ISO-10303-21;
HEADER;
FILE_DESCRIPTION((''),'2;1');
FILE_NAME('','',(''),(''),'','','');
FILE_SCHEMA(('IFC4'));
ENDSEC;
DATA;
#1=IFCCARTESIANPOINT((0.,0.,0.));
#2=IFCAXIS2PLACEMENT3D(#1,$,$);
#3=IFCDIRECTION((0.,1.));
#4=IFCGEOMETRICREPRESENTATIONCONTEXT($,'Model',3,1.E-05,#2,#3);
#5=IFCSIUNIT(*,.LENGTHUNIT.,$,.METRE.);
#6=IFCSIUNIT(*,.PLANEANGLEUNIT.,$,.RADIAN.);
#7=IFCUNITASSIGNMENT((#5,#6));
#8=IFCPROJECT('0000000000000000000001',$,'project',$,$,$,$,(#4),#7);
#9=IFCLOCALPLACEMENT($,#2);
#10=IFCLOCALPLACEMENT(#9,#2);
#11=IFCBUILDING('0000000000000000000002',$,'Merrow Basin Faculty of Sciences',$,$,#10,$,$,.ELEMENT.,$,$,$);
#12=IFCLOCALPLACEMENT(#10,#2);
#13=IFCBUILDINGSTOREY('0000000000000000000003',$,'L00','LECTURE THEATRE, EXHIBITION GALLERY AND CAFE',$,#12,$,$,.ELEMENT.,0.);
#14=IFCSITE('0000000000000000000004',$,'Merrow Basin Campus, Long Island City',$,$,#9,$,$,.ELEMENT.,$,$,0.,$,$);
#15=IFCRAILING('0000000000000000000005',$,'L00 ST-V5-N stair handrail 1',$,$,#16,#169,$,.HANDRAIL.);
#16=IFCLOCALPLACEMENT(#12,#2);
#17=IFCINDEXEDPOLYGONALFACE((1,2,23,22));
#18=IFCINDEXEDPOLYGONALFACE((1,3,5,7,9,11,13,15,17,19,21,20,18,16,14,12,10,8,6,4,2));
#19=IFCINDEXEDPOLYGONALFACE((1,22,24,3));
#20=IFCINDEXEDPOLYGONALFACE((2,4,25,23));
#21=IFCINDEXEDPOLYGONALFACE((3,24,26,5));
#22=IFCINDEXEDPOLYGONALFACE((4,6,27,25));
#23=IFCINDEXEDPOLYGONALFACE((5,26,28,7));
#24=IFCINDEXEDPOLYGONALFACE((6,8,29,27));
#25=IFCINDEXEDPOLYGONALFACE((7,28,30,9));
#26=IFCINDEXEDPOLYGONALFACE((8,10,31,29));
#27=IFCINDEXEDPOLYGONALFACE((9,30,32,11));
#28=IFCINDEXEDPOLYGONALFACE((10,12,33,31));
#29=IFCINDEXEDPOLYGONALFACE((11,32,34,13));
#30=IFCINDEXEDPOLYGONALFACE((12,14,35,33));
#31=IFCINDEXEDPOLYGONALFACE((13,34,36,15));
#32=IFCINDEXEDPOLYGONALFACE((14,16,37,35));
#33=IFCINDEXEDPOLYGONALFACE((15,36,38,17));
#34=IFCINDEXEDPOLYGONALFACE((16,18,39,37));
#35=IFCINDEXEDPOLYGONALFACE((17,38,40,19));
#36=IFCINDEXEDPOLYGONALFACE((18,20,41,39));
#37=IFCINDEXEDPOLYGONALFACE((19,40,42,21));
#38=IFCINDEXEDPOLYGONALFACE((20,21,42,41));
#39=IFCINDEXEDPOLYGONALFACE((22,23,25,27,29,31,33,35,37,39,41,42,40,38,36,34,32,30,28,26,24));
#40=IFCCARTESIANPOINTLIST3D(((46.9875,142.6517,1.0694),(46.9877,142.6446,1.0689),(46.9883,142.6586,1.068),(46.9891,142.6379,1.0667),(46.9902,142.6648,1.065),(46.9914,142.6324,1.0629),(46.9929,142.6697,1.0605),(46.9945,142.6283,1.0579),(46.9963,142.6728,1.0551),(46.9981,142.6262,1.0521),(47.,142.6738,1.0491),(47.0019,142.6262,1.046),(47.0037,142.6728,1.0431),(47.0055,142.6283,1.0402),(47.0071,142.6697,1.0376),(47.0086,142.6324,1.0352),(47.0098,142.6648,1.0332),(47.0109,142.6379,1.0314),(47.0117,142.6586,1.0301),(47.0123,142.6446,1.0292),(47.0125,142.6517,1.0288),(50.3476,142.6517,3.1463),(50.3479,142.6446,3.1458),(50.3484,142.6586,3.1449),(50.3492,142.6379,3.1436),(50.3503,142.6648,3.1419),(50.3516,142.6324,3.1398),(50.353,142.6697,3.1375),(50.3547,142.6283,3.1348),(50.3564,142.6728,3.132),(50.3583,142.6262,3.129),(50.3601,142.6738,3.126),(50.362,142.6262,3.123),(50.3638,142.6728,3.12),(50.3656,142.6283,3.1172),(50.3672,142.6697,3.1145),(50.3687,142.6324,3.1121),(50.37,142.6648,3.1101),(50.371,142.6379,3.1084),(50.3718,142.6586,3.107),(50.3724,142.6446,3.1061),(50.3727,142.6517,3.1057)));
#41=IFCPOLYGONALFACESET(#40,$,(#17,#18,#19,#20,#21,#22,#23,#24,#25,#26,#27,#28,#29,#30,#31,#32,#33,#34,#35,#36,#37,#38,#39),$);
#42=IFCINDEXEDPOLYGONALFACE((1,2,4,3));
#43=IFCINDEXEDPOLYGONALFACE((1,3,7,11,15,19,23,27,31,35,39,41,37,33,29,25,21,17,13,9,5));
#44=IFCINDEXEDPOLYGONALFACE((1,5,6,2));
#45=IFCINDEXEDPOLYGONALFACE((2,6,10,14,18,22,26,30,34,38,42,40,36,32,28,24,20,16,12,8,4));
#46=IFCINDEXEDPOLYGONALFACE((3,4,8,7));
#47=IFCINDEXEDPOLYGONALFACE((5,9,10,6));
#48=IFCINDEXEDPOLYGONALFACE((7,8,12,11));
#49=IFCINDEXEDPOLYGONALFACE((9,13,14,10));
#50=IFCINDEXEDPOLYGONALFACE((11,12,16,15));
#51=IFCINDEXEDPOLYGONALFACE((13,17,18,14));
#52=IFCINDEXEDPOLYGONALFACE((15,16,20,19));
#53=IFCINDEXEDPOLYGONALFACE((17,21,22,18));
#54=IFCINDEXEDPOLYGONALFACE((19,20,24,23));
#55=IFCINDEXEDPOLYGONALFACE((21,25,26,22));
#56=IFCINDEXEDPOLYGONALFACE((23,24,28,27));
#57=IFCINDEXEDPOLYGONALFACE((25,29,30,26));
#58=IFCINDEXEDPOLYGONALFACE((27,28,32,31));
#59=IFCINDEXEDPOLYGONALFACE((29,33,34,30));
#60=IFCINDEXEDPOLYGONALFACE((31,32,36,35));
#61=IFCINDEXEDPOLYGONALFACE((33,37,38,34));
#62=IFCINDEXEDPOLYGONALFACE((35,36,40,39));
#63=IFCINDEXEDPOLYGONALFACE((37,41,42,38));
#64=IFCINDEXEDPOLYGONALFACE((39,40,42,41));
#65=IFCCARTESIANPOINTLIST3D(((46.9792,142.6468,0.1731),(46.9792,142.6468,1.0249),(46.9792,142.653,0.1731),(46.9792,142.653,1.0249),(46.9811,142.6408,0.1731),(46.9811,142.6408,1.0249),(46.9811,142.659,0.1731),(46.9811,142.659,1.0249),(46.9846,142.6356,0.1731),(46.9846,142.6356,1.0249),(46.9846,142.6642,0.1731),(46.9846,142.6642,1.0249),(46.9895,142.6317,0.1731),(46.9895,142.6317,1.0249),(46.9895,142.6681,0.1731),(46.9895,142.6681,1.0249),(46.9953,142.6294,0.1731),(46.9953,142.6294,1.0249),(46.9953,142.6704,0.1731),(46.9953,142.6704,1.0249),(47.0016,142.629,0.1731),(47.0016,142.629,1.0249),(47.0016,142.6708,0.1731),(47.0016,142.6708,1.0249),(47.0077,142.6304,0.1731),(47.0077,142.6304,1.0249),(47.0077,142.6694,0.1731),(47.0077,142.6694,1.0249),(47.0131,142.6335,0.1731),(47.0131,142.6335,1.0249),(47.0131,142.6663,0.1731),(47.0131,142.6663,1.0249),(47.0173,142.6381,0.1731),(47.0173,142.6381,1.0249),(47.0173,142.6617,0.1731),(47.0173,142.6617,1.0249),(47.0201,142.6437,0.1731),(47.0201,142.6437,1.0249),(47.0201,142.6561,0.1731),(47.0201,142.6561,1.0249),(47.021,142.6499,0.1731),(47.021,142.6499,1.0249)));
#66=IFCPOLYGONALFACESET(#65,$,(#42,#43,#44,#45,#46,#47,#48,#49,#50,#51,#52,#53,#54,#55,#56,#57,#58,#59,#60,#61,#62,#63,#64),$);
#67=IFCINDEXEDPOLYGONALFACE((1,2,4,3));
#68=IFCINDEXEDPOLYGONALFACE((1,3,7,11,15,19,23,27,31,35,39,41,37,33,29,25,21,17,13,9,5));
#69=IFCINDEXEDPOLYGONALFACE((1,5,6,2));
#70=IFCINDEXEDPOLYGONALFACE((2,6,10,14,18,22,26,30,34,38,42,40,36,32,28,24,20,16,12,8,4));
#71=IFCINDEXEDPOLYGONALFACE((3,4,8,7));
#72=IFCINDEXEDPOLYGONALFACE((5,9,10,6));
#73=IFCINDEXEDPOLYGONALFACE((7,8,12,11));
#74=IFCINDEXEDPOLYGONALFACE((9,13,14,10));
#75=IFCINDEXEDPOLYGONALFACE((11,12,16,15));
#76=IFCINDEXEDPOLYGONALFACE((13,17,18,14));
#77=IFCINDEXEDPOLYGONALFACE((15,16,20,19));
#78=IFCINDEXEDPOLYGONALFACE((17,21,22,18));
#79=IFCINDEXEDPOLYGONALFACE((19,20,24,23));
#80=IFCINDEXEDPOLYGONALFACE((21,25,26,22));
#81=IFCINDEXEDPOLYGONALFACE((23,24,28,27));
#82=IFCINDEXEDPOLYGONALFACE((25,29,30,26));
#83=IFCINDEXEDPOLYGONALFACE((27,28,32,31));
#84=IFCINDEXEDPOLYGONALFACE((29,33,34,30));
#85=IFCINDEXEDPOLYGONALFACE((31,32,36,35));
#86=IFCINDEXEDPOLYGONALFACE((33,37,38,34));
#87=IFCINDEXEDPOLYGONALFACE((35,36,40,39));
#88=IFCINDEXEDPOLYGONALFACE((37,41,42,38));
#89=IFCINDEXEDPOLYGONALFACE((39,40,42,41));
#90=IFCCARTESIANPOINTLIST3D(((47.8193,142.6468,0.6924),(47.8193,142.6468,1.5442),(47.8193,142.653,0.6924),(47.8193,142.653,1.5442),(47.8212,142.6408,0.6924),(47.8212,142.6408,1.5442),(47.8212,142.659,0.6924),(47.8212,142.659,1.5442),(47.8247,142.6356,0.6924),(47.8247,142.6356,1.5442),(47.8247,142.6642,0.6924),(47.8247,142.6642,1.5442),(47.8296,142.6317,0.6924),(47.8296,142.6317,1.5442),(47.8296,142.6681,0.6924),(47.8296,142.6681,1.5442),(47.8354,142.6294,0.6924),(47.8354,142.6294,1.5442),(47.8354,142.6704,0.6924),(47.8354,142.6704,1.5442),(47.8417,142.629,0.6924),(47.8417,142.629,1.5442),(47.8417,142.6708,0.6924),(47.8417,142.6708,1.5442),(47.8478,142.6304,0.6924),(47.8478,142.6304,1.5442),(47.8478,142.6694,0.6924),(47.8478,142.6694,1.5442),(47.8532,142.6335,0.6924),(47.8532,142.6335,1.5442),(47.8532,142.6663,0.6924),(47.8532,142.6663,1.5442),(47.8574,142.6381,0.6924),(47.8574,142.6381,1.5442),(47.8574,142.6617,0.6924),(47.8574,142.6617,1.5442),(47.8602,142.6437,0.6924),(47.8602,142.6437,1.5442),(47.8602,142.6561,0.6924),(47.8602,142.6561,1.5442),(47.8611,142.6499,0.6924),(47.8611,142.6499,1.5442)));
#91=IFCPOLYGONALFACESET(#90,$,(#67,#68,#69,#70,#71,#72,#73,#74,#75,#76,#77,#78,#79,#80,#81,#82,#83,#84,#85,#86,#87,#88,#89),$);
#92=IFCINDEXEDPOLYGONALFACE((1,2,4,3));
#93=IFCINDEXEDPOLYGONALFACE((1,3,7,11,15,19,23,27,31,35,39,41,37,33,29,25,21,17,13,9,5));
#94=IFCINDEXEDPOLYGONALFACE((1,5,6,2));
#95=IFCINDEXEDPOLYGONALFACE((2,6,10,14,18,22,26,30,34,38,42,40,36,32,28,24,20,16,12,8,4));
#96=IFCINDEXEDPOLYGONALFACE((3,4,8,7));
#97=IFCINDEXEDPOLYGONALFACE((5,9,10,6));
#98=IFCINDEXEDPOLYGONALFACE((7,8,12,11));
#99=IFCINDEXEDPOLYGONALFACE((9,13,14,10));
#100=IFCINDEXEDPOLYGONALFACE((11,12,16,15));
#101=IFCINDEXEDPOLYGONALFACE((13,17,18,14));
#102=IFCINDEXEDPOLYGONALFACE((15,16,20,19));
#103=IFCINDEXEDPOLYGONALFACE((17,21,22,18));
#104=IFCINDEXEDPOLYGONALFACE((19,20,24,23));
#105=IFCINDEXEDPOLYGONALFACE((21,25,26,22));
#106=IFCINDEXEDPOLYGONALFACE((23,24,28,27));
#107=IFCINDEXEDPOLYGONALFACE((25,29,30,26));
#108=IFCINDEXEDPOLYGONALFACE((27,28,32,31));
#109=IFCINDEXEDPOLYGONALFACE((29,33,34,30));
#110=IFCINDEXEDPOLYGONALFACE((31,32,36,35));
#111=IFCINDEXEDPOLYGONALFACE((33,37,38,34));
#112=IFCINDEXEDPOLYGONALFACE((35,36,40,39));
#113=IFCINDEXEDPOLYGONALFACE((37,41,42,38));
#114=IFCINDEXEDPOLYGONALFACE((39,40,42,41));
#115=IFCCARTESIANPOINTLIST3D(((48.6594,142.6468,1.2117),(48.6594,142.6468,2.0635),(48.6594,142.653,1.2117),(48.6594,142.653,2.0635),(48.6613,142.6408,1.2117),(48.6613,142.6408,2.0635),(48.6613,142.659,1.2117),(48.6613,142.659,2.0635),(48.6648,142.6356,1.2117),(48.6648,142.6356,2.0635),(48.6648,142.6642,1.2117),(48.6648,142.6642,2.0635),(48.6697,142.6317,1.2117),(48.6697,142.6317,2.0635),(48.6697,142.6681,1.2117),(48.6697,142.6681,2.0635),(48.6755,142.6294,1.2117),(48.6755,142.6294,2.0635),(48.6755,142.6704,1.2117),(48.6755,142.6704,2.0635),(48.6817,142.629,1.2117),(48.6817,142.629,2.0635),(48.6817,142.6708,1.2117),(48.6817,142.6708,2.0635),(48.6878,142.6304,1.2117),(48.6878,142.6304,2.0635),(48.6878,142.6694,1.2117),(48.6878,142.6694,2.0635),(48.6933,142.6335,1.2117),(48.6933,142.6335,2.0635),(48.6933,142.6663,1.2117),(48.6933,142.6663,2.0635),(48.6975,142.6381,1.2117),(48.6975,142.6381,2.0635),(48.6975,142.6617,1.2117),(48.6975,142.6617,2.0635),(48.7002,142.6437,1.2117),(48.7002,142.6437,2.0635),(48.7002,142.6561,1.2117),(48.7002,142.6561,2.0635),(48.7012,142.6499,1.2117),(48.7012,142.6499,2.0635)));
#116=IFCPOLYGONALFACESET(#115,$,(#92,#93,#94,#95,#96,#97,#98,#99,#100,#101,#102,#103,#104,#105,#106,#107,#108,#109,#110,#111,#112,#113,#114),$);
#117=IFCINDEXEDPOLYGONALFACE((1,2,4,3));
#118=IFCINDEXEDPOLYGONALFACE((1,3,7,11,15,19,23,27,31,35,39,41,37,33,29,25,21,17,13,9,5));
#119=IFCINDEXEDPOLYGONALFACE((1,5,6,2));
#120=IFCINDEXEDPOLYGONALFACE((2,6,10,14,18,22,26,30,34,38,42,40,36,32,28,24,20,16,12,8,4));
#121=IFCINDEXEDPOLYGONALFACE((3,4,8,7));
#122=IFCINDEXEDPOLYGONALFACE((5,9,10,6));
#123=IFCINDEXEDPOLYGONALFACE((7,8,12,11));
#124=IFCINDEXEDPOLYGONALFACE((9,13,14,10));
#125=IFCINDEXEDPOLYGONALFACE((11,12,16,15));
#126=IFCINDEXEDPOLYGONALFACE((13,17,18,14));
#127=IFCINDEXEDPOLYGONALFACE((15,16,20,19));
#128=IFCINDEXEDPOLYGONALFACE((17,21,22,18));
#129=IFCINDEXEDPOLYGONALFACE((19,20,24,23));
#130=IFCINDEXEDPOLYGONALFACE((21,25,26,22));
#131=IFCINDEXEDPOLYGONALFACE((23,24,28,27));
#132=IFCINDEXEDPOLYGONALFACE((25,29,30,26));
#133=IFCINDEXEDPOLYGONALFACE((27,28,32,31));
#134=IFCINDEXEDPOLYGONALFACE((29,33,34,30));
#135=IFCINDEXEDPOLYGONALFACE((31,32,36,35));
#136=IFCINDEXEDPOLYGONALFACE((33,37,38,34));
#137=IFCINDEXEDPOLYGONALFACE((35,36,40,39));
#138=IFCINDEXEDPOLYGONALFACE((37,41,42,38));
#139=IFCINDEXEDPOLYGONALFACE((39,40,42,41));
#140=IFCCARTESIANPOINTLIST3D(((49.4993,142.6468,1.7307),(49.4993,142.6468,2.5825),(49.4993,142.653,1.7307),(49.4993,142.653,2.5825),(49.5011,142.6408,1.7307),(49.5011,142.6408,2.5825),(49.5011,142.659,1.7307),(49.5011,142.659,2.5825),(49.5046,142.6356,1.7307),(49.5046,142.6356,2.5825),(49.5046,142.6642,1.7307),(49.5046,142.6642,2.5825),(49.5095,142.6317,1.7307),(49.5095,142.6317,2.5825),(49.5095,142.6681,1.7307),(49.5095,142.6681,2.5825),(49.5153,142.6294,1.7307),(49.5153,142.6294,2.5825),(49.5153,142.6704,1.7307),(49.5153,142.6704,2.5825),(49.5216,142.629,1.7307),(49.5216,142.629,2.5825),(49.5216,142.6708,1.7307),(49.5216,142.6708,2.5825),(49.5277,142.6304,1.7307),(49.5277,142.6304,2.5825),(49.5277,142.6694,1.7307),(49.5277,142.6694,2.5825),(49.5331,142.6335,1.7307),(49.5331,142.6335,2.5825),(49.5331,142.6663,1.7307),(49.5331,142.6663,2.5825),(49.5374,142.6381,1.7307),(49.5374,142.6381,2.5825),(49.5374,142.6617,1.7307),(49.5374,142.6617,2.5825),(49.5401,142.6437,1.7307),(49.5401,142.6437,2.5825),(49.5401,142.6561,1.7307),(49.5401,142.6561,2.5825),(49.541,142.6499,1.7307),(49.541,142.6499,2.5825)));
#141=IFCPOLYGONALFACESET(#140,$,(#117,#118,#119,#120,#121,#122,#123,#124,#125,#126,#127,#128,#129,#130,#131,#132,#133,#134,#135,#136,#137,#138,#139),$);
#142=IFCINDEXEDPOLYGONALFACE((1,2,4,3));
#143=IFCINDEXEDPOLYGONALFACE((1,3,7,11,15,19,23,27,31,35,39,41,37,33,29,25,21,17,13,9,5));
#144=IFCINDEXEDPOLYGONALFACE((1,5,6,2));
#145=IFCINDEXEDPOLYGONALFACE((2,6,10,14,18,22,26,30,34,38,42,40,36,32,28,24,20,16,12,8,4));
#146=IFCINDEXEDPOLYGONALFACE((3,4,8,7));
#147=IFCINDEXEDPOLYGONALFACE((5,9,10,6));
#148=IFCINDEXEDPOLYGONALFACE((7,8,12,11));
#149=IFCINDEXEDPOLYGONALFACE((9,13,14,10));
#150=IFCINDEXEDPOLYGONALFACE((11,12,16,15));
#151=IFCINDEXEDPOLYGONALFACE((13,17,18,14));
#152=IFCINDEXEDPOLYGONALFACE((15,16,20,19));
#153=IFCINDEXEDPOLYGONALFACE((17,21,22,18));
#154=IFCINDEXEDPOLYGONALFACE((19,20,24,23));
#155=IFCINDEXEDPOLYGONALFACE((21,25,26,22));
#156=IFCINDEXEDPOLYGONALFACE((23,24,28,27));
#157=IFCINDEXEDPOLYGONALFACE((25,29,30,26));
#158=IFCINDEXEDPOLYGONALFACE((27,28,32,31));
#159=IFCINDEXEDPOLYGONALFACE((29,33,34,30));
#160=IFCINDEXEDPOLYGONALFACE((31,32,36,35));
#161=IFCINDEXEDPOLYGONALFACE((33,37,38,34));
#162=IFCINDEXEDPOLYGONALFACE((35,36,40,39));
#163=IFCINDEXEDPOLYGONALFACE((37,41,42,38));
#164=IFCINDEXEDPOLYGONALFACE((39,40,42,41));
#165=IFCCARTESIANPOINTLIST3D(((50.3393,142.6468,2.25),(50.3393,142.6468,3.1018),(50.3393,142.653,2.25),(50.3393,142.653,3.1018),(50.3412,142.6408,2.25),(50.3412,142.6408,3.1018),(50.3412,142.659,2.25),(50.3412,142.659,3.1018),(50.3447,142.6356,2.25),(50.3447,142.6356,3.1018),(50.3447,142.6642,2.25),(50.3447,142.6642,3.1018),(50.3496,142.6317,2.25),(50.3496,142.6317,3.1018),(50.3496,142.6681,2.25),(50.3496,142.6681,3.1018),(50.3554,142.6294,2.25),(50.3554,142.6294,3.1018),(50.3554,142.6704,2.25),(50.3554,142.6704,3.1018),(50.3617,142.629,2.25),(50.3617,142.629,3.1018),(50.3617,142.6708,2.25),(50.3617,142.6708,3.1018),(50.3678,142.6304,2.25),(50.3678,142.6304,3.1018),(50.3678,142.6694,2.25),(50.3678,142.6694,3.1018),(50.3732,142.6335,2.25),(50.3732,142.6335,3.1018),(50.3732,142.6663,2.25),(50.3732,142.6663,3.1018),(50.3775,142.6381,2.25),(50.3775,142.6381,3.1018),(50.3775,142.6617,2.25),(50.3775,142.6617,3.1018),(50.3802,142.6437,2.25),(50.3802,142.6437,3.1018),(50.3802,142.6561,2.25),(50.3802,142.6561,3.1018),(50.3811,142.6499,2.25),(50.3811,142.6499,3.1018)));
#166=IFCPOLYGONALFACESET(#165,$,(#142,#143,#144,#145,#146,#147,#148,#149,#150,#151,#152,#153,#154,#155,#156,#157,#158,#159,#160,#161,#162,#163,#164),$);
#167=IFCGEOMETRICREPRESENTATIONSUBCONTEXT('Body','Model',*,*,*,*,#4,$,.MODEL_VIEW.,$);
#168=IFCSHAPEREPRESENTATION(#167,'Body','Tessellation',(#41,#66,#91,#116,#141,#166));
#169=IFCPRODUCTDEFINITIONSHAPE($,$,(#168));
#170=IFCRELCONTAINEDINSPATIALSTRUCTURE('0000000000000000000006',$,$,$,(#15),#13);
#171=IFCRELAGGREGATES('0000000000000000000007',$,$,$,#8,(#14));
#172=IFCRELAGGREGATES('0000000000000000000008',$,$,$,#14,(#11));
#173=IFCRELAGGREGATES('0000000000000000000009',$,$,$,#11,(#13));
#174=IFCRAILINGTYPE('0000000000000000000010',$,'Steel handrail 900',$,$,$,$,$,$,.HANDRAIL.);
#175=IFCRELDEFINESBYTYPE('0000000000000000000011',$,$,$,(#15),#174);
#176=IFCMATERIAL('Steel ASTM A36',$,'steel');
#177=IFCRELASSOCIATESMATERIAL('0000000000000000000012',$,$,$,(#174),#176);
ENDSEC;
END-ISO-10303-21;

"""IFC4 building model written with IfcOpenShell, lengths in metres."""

from ifc_helpers import new_model, si_unit, direction, frame, origin, origin_2d, place, context, subcontext, project, spatial, circle, extrude, material, type_object, element, save


model = new_model("IFC4")

# Units and contexts
model_context = context("Model", 3, precision=1e-05, world=origin(), true_north=direction((0.0, 1.0)))
body_context = subcontext(model_context, "Body", "Model", "MODEL_VIEW")
ifc_project = project(units=[si_unit("LENGTHUNIT", "METRE"), si_unit("PLANEANGLEUNIT", "RADIAN")], contexts=[model_context])

# Site, building, storey
site_placement = place(None, origin())
site = spatial("IfcSite", under=ifc_project, at=site_placement, Name="Merrow Basin Campus, Long Island City", CompositionType="ELEMENT", RefElevation=0.0)
building_placement = place(site_placement, origin())
building = spatial("IfcBuilding", under=site, at=building_placement, Name="Merrow Basin Faculty of Sciences", CompositionType="ELEMENT")
storey_placement = place(building_placement, origin())
storey = spatial("IfcBuildingStorey", under=building, at=storey_placement, Name="L00", Description="LECTURE THEATRE, EXHIBITION GALLERY AND CAFE", CompositionType="ELEMENT", Elevation=0.0)

# Railing
ifc_material_1 = material(Name="Steel ASTM A36", Category="steel")
railing_type_1 = type_object("IfcRailingType", Name="Steel handrail 900", PredefinedType="HANDRAIL", material=ifc_material_1)
railing_1_placement = place(storey_placement, frame((47.0, 142.6499, 0.1731)))
element("IfcRailing", 1, at=railing_1_placement, inside=storey, type_object=railing_type_1, Name="L00 ST-V5-N stair handrail 1", PredefinedType="HANDRAIL", context=body_context, shape_type="SweptSolid", body=[
    extrude(circle(Radius=0.0239, at=origin_2d()), frame((0.0, 0.0, 0.876), z_axis=(0.850623, 0.0, 0.525776), x_axis=(0.0, 1.0, 0.0)), (0.0, 0.0, 1.0), 3.9502),
    extrude(circle(Radius=0.021, at=origin_2d()), origin(), (0.0, 0.0, 1.0), 0.8518),
    extrude(circle(Radius=0.021, at=origin_2d()), frame((0.8401, 0.0, 0.5193)), (0.0, 0.0, 1.0), 0.8518),
    extrude(circle(Radius=0.021, at=origin_2d()), frame((1.6802, 0.0, 1.0386)), (0.0, 0.0, 1.0), 0.8518),
    extrude(circle(Radius=0.021, at=origin_2d()), frame((2.52, 0.0, 1.5576)), (0.0, 0.0, 1.0), 0.8518),
    extrude(circle(Radius=0.021, at=origin_2d()), frame((3.3601, 0.0, 2.0769)), (0.0, 0.0, 1.0), 0.8518),
])

save(model, "model.ifc")
